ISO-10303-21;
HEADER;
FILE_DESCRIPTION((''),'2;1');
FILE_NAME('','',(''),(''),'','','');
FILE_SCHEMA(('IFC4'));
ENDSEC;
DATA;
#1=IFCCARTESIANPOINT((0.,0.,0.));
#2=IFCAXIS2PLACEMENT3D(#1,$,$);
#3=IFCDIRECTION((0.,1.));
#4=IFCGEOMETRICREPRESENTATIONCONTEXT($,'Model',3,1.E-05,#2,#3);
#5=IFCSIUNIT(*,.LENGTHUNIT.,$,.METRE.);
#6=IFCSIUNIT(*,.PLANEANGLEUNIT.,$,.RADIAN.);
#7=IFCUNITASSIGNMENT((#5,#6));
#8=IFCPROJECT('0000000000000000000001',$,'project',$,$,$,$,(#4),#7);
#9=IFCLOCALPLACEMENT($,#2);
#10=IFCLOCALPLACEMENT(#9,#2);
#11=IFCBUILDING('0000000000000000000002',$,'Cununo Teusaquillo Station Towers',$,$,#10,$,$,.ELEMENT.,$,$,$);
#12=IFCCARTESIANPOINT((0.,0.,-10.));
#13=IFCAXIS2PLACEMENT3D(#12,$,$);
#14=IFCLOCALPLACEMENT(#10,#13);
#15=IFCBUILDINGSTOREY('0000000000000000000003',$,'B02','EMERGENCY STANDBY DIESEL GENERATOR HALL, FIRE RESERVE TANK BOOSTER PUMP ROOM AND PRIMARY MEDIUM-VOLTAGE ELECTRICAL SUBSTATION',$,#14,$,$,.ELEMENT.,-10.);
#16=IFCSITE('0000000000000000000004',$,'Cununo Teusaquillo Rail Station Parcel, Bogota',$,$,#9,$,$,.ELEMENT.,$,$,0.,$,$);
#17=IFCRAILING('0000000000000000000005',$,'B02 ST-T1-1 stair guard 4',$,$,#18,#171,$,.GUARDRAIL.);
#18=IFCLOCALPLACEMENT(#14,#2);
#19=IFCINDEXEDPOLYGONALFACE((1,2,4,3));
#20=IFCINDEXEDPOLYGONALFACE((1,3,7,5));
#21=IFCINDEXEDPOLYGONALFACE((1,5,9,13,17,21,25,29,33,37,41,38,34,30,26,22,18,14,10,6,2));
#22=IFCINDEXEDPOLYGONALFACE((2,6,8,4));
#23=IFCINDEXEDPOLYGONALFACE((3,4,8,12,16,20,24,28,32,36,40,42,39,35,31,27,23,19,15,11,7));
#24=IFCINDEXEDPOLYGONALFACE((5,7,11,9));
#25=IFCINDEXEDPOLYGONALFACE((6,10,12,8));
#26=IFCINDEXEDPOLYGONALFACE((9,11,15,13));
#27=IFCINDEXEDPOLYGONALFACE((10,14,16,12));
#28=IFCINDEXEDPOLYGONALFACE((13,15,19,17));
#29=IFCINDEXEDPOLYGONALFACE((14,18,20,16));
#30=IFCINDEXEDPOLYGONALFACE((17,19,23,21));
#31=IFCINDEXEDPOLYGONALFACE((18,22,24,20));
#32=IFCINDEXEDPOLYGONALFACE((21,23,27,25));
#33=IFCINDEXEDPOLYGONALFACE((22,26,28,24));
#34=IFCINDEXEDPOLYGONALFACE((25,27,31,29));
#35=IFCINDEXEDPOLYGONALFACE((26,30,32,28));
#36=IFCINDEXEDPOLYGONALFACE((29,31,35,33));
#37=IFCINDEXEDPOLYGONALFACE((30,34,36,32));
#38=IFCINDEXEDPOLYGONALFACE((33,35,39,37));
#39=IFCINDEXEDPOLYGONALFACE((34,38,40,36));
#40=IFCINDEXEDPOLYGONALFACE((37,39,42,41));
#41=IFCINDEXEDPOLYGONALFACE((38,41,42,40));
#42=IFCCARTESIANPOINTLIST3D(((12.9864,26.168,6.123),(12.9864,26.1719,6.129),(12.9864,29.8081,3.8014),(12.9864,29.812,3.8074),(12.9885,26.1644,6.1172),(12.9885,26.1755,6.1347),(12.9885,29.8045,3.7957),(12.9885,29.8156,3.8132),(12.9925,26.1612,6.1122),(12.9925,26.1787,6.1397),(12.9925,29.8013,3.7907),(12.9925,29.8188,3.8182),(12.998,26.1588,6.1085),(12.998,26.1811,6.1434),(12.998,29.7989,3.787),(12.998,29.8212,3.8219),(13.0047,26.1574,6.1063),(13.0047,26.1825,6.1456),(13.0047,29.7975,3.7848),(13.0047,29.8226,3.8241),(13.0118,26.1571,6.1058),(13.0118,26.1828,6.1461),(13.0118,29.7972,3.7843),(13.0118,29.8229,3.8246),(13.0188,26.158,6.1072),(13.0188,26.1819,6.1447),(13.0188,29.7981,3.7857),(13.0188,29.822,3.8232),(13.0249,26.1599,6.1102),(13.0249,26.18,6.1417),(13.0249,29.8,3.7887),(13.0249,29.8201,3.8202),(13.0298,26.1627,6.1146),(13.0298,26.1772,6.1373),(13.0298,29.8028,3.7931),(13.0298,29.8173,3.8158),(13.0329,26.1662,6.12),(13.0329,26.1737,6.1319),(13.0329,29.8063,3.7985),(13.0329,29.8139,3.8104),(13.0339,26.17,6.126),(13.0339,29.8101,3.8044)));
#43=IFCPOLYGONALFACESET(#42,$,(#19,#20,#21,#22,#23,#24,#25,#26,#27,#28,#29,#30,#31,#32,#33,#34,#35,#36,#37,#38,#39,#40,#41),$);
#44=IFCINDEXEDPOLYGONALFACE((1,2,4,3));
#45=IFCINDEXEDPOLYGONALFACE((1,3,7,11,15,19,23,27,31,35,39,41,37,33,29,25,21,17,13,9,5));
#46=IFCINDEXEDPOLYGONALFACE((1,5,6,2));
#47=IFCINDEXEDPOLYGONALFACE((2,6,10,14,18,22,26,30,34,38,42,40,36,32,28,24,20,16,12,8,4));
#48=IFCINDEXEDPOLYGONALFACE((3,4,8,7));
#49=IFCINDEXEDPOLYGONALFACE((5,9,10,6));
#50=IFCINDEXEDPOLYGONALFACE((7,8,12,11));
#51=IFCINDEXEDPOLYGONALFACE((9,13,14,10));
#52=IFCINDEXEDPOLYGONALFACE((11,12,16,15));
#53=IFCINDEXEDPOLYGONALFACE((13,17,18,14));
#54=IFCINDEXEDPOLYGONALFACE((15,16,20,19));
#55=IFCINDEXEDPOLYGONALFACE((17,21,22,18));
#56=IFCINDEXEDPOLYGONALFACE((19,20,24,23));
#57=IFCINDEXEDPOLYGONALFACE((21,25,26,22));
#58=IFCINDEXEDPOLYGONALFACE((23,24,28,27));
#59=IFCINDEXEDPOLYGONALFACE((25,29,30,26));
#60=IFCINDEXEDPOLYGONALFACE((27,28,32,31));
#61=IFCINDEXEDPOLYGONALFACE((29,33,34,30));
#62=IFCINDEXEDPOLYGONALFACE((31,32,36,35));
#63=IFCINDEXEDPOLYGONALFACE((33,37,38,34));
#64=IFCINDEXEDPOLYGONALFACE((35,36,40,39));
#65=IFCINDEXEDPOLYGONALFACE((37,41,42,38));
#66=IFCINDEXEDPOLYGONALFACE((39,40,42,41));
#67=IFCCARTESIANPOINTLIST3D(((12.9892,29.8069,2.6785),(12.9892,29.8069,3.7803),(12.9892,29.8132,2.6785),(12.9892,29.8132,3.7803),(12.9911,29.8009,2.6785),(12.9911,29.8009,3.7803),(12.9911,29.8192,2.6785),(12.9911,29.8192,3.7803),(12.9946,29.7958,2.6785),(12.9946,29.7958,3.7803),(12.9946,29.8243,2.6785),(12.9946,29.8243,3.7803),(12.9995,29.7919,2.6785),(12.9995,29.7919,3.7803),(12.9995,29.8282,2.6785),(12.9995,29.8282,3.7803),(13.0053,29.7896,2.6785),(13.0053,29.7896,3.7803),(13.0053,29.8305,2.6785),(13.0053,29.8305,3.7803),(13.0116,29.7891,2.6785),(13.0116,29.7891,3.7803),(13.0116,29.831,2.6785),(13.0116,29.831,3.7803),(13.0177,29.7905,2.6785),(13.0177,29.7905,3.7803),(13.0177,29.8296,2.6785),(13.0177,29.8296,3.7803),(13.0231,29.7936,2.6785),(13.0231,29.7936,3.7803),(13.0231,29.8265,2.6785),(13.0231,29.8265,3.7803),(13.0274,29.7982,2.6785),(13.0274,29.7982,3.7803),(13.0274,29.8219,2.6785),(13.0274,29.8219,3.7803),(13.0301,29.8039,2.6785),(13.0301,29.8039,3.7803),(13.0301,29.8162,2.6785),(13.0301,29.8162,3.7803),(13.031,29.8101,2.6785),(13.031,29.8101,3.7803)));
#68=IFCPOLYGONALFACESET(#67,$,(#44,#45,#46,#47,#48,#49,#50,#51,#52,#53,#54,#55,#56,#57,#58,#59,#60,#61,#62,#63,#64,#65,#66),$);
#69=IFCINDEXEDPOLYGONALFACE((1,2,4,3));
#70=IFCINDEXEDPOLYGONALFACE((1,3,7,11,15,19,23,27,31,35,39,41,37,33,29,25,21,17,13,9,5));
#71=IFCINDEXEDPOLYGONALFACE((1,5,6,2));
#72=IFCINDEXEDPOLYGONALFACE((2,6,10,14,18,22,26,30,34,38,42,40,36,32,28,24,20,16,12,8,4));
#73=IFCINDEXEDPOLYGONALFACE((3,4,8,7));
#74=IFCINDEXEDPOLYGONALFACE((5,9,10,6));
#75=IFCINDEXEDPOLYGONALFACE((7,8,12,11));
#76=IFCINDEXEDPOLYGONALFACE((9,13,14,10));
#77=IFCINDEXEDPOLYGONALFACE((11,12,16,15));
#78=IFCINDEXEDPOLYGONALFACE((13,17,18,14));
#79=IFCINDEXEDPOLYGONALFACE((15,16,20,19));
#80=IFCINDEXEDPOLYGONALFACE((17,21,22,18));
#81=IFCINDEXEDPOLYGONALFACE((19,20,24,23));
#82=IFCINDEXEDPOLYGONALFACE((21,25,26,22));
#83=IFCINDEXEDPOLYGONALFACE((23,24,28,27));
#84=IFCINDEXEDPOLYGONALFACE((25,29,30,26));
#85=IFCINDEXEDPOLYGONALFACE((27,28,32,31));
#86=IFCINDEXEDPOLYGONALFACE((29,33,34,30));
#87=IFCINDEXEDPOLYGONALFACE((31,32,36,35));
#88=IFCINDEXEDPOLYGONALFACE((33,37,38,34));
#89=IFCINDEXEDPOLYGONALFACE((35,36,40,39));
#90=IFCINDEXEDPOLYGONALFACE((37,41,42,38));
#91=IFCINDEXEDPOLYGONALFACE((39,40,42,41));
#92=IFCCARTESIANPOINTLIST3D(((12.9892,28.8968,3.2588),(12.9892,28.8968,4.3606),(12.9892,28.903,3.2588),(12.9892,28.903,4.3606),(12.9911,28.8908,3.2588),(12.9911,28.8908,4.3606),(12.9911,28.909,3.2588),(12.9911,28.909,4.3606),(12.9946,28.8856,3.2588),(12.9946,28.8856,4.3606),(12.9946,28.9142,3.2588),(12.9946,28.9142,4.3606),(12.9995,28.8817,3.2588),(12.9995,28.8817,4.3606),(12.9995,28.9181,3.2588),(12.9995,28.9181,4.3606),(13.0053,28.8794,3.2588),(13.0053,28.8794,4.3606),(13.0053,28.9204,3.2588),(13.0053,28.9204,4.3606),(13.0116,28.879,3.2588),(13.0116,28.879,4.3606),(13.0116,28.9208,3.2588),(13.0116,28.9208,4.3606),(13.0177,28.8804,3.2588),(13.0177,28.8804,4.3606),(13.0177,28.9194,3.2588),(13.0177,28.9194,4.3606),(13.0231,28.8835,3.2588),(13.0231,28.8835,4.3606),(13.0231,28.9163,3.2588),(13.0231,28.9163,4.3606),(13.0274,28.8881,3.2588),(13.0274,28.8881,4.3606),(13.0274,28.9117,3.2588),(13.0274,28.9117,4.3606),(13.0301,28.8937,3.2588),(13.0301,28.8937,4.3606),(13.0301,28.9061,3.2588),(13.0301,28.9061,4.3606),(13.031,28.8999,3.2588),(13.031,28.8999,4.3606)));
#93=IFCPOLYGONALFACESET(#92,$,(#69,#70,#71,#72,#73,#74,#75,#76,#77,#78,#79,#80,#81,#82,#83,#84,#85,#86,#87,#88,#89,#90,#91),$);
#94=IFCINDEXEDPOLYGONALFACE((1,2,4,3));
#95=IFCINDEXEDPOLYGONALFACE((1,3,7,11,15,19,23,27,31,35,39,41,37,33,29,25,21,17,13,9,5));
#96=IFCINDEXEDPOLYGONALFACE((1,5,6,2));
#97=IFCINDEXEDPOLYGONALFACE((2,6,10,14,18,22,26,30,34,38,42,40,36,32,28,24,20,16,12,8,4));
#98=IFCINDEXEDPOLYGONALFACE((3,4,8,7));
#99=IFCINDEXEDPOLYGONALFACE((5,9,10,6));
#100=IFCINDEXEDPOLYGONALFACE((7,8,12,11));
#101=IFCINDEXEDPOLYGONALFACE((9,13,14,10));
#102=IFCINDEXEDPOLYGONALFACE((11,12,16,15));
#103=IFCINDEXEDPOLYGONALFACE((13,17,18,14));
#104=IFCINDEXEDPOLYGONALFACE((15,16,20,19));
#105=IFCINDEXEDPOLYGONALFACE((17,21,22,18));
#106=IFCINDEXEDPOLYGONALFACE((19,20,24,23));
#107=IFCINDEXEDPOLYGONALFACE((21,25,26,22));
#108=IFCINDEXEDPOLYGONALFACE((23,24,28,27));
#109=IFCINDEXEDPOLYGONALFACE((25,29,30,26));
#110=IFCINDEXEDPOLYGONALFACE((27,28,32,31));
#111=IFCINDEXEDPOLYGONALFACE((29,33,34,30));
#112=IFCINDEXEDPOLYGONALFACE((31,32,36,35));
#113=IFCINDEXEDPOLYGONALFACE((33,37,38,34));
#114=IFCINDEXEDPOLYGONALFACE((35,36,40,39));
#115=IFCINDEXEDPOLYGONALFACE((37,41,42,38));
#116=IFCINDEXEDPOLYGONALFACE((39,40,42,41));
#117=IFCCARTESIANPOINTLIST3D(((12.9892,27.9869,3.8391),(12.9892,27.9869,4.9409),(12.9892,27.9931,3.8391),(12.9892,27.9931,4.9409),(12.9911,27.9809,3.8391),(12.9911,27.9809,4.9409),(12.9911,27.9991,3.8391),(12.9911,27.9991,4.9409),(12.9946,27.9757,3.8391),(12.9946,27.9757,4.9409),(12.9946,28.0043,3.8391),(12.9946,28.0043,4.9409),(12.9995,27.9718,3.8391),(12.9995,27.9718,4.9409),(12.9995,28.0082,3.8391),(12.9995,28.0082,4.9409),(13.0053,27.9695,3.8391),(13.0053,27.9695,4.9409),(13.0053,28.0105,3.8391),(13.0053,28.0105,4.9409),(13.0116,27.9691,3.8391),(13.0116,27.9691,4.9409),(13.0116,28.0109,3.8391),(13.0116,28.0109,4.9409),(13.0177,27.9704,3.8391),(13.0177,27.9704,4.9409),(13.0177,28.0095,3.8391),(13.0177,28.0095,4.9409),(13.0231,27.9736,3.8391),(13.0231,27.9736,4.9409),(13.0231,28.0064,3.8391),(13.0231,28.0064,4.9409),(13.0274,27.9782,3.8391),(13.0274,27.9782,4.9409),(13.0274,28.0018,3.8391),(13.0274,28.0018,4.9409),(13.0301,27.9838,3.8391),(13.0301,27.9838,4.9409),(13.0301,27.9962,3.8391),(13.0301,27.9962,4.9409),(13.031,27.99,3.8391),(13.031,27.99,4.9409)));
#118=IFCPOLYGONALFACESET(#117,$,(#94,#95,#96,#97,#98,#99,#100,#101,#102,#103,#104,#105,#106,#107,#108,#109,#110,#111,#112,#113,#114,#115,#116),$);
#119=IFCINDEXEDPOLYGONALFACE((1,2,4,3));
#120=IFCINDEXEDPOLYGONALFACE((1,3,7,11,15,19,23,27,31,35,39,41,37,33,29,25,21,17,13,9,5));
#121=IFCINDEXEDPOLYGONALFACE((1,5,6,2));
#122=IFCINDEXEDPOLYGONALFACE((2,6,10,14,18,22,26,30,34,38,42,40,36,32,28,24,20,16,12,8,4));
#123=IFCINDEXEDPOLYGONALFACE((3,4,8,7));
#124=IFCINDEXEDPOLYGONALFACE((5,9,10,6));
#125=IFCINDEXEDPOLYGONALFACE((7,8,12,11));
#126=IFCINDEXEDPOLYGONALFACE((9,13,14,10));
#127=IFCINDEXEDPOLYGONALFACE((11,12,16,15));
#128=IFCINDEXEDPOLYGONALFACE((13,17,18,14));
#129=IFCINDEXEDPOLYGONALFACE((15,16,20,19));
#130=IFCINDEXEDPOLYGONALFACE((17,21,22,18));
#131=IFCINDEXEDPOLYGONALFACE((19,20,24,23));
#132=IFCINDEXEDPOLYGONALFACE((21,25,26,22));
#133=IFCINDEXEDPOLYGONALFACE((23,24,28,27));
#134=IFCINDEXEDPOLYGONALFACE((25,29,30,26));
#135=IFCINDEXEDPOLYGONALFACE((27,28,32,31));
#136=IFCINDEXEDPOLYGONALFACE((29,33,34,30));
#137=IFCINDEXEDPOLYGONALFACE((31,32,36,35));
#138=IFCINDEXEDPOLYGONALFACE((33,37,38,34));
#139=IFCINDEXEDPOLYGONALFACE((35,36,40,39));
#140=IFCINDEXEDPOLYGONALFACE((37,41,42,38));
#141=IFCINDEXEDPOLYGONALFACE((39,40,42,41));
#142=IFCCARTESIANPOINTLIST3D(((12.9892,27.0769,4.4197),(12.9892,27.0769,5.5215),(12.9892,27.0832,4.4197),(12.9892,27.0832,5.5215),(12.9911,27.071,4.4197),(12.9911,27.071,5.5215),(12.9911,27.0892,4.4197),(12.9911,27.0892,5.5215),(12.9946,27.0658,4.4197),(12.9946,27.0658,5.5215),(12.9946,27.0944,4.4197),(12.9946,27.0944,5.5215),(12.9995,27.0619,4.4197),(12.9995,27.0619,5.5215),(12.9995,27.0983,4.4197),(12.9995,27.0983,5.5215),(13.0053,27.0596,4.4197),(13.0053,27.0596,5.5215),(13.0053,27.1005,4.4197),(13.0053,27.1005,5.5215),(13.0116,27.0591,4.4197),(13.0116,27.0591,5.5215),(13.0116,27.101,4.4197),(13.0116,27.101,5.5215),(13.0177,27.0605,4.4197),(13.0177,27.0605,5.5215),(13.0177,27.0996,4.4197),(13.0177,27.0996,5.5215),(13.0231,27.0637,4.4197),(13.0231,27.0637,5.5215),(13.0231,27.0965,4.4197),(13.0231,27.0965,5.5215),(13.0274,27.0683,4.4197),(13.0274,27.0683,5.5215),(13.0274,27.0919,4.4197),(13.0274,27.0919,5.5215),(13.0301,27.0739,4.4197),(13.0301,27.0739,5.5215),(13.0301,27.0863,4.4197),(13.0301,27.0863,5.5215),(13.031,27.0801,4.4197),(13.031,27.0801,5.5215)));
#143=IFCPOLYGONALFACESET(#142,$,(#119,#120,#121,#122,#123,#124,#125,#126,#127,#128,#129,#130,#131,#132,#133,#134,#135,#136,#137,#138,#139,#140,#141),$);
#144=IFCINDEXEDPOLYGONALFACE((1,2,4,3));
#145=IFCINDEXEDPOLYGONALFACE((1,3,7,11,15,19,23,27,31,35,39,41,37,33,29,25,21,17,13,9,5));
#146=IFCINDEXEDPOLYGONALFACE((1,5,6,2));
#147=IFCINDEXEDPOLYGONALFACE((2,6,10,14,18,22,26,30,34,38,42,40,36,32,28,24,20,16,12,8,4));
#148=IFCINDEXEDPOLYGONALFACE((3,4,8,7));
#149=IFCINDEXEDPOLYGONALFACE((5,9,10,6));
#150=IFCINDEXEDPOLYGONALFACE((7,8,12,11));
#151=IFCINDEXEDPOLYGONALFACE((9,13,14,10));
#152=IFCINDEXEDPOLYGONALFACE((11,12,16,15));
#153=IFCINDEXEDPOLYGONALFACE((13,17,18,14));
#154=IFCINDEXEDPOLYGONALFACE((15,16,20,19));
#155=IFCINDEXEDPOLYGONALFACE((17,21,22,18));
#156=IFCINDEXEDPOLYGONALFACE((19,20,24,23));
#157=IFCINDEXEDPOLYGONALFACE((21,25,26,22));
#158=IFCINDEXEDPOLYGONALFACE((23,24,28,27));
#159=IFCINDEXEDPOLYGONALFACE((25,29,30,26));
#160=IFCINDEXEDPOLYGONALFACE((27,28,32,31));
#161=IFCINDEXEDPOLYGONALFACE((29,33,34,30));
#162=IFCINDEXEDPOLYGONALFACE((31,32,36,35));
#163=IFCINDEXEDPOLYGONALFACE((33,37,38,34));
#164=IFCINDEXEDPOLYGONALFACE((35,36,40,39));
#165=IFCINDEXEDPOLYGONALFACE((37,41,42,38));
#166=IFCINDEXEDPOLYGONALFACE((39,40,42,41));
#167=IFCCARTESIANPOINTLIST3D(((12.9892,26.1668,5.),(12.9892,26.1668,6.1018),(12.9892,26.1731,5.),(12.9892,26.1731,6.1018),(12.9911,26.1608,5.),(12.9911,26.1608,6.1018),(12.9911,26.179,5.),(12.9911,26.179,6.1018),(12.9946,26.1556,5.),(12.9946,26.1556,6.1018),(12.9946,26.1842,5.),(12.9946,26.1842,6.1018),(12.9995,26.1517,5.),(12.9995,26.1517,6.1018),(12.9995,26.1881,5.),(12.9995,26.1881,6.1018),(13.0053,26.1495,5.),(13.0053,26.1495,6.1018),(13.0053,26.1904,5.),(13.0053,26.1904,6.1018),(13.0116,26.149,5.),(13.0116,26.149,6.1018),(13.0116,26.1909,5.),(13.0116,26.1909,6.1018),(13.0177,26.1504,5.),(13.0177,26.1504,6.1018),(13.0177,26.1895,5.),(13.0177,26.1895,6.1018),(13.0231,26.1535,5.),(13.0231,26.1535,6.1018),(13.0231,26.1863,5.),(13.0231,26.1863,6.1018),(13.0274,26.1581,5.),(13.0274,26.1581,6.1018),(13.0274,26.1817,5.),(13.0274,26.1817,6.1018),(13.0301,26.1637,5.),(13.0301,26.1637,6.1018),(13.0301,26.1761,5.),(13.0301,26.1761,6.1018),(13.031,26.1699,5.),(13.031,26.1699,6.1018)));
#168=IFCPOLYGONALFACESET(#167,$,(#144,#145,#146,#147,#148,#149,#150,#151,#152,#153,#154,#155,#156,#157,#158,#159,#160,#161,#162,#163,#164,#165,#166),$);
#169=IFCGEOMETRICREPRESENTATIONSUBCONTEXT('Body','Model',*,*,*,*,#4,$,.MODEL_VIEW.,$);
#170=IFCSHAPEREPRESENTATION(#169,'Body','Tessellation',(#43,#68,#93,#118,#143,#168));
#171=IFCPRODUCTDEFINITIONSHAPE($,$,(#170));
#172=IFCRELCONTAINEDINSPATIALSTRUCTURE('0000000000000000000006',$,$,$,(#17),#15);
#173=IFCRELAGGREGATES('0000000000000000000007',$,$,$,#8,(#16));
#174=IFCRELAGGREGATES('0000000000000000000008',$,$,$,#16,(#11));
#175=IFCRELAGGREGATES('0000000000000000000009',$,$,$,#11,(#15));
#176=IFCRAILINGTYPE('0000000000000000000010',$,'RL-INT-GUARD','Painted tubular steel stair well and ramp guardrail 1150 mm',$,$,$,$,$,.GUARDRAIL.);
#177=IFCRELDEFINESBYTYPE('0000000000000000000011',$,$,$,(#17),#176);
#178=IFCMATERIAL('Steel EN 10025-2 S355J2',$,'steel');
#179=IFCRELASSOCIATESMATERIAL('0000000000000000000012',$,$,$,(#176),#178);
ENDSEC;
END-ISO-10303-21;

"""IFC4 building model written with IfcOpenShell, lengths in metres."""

from ifc_helpers import new_model, si_unit, direction, frame, origin, origin_2d, place, context, subcontext, project, spatial, circle, extrude, material, type_object, element, save


model = new_model("IFC4")

# Units and contexts
model_context = context("Model", 3, precision=1e-05, world=origin(), true_north=direction((0.0, 1.0)))
body_context = subcontext(model_context, "Body", "Model", "MODEL_VIEW")
ifc_project = project(units=[si_unit("LENGTHUNIT", "METRE"), si_unit("PLANEANGLEUNIT", "RADIAN")], contexts=[model_context])

# Site, building, storey
site_placement = place(None, origin())
site = spatial("IfcSite", under=ifc_project, at=site_placement, Name="Cununo Teusaquillo Rail Station Parcel, Bogota", CompositionType="ELEMENT", RefElevation=0.0)
building_placement = place(site_placement, origin())
building = spatial("IfcBuilding", under=site, at=building_placement, Name="Cununo Teusaquillo Station Towers", CompositionType="ELEMENT")
storey_placement = place(building_placement, frame((0.0, 0.0, -10.0)))
storey = spatial("IfcBuildingStorey", under=building, at=storey_placement, Name="B02", Description="EMERGENCY STANDBY DIESEL GENERATOR HALL, FIRE RESERVE TANK BOOSTER PUMP ROOM AND PRIMARY MEDIUM-VOLTAGE ELECTRICAL SUBSTATION", CompositionType="ELEMENT", Elevation=-10.0)

# Railing
ifc_material_1 = material(Name="Steel EN 10025-2 S355J2", Category="steel")
railing_type_1 = type_object("IfcRailingType", Name="RL-INT-GUARD", Description="Painted tubular steel stair well and ramp guardrail 1150 mm", PredefinedType="GUARDRAIL", material=ifc_material_1)
railing_1_placement = place(storey_placement, frame((13.01, 29.8101, 2.6785)))
element("IfcRailing", 1, at=railing_1_placement, inside=storey, type_object=railing_type_1, Name="B02 ST-T1-1 stair guard 4", PredefinedType="GUARDRAIL", context=body_context, shape_type="SweptSolid", body=[
    extrude(circle(Radius=0.0239, at=origin_2d()), frame((0.0, 0.0, 1.126), z_axis=(0.0, -0.843128, 0.537713), x_axis=(1.0, 0.0, 0.0)), (0.0, 0.0, 1.0), 4.3174),
    extrude(circle(Radius=0.021, at=origin_2d()), origin(), (0.0, 0.0, 1.0), 1.1018),
    extrude(circle(Radius=0.021, at=origin_2d()), frame((0.0, -0.9102, 0.5803)), (0.0, 0.0, 1.0), 1.1018),
    extrude(circle(Radius=0.021, at=origin_2d()), frame((0.0, -1.8201, 1.1606)), (0.0, 0.0, 1.0), 1.1018),
    extrude(circle(Radius=0.021, at=origin_2d()), frame((0.0, -2.73, 1.7412)), (0.0, 0.0, 1.0), 1.1018),
    extrude(circle(Radius=0.021, at=origin_2d()), frame((0.0, -3.6401, 2.3215)), (0.0, 0.0, 1.0), 1.1018),
])

save(model, "model.ifc")
